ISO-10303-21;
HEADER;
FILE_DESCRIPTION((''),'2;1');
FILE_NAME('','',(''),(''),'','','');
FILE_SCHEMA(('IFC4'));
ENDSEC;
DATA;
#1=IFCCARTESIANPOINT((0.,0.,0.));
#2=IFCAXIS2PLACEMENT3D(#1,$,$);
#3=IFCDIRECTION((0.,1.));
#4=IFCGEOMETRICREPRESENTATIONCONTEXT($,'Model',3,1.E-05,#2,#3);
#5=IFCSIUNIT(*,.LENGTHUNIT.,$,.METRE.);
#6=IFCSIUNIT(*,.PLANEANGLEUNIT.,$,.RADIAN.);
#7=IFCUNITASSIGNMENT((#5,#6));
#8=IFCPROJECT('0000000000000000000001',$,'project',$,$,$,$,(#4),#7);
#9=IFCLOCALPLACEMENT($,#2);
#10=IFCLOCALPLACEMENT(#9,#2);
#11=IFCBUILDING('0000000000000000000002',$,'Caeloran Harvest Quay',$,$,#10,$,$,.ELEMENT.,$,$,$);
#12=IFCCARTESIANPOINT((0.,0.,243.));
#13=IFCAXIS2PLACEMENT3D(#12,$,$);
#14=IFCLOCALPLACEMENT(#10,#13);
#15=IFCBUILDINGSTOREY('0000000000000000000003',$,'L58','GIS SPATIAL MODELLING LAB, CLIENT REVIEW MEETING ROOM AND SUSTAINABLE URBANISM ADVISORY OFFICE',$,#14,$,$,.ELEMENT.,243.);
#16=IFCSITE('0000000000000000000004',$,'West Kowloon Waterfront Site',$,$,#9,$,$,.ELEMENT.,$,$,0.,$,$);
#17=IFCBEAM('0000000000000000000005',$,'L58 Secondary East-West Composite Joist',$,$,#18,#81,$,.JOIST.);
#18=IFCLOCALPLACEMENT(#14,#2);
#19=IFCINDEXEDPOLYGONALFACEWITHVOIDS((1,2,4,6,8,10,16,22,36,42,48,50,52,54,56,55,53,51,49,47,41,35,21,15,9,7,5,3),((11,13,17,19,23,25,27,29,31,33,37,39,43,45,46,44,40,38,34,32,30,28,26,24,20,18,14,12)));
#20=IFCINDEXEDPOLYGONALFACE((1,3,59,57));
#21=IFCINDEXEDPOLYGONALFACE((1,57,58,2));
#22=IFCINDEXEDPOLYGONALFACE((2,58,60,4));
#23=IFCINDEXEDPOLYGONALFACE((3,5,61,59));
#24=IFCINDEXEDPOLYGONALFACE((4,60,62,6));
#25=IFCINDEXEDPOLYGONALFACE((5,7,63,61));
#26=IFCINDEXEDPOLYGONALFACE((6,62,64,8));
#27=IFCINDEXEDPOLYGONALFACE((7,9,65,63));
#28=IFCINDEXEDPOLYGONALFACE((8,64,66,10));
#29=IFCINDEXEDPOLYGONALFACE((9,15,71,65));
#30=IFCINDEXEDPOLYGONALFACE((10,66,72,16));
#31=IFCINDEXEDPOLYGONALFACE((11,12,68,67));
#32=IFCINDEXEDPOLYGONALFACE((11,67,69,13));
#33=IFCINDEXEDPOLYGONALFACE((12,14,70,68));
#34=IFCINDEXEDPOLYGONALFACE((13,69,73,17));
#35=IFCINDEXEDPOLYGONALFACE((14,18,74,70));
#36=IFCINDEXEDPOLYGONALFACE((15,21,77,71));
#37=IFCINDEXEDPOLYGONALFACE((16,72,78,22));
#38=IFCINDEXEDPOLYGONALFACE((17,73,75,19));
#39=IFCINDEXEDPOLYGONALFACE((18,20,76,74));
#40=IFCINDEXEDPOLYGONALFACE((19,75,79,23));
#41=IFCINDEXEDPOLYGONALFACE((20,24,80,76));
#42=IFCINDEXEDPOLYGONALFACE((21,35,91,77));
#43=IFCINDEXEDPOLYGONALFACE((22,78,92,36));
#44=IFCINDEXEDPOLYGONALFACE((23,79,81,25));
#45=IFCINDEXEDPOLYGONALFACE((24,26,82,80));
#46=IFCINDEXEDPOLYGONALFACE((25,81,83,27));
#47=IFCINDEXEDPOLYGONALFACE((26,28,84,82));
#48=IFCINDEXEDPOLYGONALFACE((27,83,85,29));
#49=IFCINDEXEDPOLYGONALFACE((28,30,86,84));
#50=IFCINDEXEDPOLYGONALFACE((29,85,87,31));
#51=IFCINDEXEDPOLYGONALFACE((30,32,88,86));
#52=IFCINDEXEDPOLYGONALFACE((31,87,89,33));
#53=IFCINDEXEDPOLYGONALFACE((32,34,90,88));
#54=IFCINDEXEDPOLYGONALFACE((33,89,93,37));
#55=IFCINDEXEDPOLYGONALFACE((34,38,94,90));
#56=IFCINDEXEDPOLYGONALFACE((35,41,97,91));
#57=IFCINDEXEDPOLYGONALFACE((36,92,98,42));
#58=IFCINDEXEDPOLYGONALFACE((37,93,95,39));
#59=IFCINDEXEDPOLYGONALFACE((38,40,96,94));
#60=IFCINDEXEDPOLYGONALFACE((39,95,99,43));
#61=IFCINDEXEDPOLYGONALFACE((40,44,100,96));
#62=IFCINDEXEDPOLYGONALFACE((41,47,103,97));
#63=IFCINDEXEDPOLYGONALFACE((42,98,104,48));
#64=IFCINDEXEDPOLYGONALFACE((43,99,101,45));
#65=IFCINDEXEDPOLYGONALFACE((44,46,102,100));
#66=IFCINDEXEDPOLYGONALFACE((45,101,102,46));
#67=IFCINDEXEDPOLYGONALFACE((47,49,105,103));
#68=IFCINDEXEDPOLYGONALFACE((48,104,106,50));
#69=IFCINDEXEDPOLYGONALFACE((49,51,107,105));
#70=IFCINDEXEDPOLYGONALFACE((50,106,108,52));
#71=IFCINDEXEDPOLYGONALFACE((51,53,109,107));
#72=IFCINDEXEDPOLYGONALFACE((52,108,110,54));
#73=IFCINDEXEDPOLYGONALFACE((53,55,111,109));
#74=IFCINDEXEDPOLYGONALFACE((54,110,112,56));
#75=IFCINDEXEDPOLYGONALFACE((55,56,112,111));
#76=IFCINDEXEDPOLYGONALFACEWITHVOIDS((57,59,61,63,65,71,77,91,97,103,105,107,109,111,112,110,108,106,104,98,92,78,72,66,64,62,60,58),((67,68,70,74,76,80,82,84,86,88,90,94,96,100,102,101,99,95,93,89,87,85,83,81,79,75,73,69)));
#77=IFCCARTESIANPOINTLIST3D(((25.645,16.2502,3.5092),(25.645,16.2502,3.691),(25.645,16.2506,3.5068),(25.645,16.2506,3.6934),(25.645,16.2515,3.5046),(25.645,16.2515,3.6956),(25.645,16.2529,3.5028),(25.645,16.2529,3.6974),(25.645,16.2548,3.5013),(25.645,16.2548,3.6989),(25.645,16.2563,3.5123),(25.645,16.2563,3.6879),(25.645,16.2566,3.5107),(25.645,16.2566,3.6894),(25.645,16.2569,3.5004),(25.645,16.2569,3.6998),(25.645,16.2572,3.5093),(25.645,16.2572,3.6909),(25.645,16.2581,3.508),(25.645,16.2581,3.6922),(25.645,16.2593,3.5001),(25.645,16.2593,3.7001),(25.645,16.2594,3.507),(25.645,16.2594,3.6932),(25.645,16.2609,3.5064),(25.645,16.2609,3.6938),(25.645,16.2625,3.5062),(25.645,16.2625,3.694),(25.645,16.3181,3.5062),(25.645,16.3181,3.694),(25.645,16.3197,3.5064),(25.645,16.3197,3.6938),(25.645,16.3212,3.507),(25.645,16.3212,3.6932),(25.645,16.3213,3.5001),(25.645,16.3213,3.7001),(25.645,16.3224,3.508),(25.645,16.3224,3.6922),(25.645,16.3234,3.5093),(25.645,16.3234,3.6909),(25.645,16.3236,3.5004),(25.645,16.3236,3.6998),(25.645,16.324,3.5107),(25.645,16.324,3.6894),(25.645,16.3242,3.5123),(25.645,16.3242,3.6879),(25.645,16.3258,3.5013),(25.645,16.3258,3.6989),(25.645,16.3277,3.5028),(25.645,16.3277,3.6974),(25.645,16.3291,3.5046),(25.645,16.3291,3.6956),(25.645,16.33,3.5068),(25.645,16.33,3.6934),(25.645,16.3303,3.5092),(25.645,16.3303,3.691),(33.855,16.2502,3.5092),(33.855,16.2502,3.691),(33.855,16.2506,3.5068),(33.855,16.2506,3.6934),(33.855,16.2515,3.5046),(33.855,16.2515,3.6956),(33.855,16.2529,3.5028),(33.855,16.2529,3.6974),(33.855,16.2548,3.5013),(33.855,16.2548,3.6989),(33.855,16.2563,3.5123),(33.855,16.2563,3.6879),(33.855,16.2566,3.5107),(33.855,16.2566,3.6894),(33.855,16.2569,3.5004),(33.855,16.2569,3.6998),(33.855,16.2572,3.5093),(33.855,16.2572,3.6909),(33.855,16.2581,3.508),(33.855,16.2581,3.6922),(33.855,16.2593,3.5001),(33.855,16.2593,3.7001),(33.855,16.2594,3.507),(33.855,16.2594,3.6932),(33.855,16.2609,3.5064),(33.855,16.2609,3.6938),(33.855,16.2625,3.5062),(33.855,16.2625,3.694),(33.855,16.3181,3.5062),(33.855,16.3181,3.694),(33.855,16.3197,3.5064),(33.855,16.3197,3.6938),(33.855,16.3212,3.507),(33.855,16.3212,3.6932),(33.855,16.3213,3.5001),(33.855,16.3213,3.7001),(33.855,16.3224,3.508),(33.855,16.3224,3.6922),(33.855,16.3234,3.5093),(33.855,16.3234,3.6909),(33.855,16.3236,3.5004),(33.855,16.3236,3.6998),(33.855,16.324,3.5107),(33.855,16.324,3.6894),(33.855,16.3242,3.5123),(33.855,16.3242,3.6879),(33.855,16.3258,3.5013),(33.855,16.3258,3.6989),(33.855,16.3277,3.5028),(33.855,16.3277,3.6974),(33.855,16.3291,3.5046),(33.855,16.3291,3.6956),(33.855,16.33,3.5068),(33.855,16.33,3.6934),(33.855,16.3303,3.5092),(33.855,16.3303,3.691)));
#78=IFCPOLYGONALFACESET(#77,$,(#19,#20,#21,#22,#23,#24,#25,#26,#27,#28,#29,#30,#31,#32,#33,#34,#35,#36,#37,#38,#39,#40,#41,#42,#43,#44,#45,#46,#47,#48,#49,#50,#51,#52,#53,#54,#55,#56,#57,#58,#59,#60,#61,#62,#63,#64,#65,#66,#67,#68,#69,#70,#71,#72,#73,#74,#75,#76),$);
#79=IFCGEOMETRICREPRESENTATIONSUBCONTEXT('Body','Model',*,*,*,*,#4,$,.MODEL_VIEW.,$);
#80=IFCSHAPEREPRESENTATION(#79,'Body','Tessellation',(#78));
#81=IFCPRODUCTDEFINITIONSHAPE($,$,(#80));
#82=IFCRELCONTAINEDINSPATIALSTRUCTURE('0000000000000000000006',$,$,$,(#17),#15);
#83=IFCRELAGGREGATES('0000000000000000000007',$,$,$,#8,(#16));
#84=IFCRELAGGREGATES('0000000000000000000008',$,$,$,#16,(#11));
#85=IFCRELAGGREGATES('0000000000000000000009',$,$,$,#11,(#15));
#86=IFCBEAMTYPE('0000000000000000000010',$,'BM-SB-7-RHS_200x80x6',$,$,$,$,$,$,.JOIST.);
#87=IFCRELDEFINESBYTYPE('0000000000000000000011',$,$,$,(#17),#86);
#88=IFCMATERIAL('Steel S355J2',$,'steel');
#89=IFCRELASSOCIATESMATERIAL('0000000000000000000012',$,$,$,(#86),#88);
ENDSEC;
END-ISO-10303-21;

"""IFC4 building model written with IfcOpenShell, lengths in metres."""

from ifc_helpers import new_model, si_unit, direction, frame, origin, origin_2d, place, context, subcontext, project, spatial, hollow_rectangle, extrude, material, material_profile, profile_set, type_object, element, save


model = new_model("IFC4")

# Units and contexts
model_context = context("Model", 3, precision=1e-05, world=origin(), true_north=direction((0.0, 1.0)))
body_context = subcontext(model_context, "Body", "Model", "MODEL_VIEW")
ifc_project = project(units=[si_unit("LENGTHUNIT", "METRE"), si_unit("PLANEANGLEUNIT", "RADIAN")], contexts=[model_context])

# Site, building, storey
site_placement = place(None, origin())
site = spatial("IfcSite", under=ifc_project, at=site_placement, Name="West Kowloon Waterfront Site", CompositionType="ELEMENT", RefElevation=0.0)
building_placement = place(site_placement, origin())
building = spatial("IfcBuilding", under=site, at=building_placement, Name="Caeloran Harvest Quay", CompositionType="ELEMENT")
storey_placement = place(building_placement, frame((0.0, 0.0, 243.0)))
storey = spatial("IfcBuildingStorey", under=building, at=storey_placement, Name="L58", Description="GIS SPATIAL MODELLING LAB, CLIENT REVIEW MEETING ROOM AND SUSTAINABLE URBANISM ADVISORY OFFICE", CompositionType="ELEMENT", Elevation=243.0)

# Beam
ifc_material_1 = material(Name="Steel S355J2", Category="steel")
ifc_material_profile_1 = material_profile(ifc_material_1, hollow_rectangle(XDim=0.0801, YDim=0.2, WallThickness=0.0061, InnerFilletRadius=0.0061, OuterFilletRadius=0.009, at=origin_2d()), Name="RHS 200x80x6")
ifc_profile_set_1 = profile_set([ifc_material_profile_1], Name="Steel S355J2")
beam_type_1 = type_object("IfcBeamType", Name="BM-SB-7-RHS_200x80x6", PredefinedType="JOIST", material=ifc_profile_set_1)
for number, where, z_axis, x_axis, name in (
    (1, (25.645, 16.2903, 3.6001), (1.0, 0.0, 0.0), (0.0, 1.0, 0.0), "L58 Secondary East-West Composite Joist"),
):
    element("IfcBeam", number, at=place(storey_placement, frame(where, z_axis=z_axis, x_axis=x_axis)), inside=storey, type_object=beam_type_1, Name=name, PredefinedType="JOIST", context=body_context, shape_type="SweptSolid", body=[
        extrude(hollow_rectangle(XDim=0.0801, YDim=0.2, WallThickness=0.0061, InnerFilletRadius=0.0061, OuterFilletRadius=0.009, at=origin_2d()), origin(), (0.0, 0.0, 1.0), 8.21),
    ])

save(model, "model.ifc")
